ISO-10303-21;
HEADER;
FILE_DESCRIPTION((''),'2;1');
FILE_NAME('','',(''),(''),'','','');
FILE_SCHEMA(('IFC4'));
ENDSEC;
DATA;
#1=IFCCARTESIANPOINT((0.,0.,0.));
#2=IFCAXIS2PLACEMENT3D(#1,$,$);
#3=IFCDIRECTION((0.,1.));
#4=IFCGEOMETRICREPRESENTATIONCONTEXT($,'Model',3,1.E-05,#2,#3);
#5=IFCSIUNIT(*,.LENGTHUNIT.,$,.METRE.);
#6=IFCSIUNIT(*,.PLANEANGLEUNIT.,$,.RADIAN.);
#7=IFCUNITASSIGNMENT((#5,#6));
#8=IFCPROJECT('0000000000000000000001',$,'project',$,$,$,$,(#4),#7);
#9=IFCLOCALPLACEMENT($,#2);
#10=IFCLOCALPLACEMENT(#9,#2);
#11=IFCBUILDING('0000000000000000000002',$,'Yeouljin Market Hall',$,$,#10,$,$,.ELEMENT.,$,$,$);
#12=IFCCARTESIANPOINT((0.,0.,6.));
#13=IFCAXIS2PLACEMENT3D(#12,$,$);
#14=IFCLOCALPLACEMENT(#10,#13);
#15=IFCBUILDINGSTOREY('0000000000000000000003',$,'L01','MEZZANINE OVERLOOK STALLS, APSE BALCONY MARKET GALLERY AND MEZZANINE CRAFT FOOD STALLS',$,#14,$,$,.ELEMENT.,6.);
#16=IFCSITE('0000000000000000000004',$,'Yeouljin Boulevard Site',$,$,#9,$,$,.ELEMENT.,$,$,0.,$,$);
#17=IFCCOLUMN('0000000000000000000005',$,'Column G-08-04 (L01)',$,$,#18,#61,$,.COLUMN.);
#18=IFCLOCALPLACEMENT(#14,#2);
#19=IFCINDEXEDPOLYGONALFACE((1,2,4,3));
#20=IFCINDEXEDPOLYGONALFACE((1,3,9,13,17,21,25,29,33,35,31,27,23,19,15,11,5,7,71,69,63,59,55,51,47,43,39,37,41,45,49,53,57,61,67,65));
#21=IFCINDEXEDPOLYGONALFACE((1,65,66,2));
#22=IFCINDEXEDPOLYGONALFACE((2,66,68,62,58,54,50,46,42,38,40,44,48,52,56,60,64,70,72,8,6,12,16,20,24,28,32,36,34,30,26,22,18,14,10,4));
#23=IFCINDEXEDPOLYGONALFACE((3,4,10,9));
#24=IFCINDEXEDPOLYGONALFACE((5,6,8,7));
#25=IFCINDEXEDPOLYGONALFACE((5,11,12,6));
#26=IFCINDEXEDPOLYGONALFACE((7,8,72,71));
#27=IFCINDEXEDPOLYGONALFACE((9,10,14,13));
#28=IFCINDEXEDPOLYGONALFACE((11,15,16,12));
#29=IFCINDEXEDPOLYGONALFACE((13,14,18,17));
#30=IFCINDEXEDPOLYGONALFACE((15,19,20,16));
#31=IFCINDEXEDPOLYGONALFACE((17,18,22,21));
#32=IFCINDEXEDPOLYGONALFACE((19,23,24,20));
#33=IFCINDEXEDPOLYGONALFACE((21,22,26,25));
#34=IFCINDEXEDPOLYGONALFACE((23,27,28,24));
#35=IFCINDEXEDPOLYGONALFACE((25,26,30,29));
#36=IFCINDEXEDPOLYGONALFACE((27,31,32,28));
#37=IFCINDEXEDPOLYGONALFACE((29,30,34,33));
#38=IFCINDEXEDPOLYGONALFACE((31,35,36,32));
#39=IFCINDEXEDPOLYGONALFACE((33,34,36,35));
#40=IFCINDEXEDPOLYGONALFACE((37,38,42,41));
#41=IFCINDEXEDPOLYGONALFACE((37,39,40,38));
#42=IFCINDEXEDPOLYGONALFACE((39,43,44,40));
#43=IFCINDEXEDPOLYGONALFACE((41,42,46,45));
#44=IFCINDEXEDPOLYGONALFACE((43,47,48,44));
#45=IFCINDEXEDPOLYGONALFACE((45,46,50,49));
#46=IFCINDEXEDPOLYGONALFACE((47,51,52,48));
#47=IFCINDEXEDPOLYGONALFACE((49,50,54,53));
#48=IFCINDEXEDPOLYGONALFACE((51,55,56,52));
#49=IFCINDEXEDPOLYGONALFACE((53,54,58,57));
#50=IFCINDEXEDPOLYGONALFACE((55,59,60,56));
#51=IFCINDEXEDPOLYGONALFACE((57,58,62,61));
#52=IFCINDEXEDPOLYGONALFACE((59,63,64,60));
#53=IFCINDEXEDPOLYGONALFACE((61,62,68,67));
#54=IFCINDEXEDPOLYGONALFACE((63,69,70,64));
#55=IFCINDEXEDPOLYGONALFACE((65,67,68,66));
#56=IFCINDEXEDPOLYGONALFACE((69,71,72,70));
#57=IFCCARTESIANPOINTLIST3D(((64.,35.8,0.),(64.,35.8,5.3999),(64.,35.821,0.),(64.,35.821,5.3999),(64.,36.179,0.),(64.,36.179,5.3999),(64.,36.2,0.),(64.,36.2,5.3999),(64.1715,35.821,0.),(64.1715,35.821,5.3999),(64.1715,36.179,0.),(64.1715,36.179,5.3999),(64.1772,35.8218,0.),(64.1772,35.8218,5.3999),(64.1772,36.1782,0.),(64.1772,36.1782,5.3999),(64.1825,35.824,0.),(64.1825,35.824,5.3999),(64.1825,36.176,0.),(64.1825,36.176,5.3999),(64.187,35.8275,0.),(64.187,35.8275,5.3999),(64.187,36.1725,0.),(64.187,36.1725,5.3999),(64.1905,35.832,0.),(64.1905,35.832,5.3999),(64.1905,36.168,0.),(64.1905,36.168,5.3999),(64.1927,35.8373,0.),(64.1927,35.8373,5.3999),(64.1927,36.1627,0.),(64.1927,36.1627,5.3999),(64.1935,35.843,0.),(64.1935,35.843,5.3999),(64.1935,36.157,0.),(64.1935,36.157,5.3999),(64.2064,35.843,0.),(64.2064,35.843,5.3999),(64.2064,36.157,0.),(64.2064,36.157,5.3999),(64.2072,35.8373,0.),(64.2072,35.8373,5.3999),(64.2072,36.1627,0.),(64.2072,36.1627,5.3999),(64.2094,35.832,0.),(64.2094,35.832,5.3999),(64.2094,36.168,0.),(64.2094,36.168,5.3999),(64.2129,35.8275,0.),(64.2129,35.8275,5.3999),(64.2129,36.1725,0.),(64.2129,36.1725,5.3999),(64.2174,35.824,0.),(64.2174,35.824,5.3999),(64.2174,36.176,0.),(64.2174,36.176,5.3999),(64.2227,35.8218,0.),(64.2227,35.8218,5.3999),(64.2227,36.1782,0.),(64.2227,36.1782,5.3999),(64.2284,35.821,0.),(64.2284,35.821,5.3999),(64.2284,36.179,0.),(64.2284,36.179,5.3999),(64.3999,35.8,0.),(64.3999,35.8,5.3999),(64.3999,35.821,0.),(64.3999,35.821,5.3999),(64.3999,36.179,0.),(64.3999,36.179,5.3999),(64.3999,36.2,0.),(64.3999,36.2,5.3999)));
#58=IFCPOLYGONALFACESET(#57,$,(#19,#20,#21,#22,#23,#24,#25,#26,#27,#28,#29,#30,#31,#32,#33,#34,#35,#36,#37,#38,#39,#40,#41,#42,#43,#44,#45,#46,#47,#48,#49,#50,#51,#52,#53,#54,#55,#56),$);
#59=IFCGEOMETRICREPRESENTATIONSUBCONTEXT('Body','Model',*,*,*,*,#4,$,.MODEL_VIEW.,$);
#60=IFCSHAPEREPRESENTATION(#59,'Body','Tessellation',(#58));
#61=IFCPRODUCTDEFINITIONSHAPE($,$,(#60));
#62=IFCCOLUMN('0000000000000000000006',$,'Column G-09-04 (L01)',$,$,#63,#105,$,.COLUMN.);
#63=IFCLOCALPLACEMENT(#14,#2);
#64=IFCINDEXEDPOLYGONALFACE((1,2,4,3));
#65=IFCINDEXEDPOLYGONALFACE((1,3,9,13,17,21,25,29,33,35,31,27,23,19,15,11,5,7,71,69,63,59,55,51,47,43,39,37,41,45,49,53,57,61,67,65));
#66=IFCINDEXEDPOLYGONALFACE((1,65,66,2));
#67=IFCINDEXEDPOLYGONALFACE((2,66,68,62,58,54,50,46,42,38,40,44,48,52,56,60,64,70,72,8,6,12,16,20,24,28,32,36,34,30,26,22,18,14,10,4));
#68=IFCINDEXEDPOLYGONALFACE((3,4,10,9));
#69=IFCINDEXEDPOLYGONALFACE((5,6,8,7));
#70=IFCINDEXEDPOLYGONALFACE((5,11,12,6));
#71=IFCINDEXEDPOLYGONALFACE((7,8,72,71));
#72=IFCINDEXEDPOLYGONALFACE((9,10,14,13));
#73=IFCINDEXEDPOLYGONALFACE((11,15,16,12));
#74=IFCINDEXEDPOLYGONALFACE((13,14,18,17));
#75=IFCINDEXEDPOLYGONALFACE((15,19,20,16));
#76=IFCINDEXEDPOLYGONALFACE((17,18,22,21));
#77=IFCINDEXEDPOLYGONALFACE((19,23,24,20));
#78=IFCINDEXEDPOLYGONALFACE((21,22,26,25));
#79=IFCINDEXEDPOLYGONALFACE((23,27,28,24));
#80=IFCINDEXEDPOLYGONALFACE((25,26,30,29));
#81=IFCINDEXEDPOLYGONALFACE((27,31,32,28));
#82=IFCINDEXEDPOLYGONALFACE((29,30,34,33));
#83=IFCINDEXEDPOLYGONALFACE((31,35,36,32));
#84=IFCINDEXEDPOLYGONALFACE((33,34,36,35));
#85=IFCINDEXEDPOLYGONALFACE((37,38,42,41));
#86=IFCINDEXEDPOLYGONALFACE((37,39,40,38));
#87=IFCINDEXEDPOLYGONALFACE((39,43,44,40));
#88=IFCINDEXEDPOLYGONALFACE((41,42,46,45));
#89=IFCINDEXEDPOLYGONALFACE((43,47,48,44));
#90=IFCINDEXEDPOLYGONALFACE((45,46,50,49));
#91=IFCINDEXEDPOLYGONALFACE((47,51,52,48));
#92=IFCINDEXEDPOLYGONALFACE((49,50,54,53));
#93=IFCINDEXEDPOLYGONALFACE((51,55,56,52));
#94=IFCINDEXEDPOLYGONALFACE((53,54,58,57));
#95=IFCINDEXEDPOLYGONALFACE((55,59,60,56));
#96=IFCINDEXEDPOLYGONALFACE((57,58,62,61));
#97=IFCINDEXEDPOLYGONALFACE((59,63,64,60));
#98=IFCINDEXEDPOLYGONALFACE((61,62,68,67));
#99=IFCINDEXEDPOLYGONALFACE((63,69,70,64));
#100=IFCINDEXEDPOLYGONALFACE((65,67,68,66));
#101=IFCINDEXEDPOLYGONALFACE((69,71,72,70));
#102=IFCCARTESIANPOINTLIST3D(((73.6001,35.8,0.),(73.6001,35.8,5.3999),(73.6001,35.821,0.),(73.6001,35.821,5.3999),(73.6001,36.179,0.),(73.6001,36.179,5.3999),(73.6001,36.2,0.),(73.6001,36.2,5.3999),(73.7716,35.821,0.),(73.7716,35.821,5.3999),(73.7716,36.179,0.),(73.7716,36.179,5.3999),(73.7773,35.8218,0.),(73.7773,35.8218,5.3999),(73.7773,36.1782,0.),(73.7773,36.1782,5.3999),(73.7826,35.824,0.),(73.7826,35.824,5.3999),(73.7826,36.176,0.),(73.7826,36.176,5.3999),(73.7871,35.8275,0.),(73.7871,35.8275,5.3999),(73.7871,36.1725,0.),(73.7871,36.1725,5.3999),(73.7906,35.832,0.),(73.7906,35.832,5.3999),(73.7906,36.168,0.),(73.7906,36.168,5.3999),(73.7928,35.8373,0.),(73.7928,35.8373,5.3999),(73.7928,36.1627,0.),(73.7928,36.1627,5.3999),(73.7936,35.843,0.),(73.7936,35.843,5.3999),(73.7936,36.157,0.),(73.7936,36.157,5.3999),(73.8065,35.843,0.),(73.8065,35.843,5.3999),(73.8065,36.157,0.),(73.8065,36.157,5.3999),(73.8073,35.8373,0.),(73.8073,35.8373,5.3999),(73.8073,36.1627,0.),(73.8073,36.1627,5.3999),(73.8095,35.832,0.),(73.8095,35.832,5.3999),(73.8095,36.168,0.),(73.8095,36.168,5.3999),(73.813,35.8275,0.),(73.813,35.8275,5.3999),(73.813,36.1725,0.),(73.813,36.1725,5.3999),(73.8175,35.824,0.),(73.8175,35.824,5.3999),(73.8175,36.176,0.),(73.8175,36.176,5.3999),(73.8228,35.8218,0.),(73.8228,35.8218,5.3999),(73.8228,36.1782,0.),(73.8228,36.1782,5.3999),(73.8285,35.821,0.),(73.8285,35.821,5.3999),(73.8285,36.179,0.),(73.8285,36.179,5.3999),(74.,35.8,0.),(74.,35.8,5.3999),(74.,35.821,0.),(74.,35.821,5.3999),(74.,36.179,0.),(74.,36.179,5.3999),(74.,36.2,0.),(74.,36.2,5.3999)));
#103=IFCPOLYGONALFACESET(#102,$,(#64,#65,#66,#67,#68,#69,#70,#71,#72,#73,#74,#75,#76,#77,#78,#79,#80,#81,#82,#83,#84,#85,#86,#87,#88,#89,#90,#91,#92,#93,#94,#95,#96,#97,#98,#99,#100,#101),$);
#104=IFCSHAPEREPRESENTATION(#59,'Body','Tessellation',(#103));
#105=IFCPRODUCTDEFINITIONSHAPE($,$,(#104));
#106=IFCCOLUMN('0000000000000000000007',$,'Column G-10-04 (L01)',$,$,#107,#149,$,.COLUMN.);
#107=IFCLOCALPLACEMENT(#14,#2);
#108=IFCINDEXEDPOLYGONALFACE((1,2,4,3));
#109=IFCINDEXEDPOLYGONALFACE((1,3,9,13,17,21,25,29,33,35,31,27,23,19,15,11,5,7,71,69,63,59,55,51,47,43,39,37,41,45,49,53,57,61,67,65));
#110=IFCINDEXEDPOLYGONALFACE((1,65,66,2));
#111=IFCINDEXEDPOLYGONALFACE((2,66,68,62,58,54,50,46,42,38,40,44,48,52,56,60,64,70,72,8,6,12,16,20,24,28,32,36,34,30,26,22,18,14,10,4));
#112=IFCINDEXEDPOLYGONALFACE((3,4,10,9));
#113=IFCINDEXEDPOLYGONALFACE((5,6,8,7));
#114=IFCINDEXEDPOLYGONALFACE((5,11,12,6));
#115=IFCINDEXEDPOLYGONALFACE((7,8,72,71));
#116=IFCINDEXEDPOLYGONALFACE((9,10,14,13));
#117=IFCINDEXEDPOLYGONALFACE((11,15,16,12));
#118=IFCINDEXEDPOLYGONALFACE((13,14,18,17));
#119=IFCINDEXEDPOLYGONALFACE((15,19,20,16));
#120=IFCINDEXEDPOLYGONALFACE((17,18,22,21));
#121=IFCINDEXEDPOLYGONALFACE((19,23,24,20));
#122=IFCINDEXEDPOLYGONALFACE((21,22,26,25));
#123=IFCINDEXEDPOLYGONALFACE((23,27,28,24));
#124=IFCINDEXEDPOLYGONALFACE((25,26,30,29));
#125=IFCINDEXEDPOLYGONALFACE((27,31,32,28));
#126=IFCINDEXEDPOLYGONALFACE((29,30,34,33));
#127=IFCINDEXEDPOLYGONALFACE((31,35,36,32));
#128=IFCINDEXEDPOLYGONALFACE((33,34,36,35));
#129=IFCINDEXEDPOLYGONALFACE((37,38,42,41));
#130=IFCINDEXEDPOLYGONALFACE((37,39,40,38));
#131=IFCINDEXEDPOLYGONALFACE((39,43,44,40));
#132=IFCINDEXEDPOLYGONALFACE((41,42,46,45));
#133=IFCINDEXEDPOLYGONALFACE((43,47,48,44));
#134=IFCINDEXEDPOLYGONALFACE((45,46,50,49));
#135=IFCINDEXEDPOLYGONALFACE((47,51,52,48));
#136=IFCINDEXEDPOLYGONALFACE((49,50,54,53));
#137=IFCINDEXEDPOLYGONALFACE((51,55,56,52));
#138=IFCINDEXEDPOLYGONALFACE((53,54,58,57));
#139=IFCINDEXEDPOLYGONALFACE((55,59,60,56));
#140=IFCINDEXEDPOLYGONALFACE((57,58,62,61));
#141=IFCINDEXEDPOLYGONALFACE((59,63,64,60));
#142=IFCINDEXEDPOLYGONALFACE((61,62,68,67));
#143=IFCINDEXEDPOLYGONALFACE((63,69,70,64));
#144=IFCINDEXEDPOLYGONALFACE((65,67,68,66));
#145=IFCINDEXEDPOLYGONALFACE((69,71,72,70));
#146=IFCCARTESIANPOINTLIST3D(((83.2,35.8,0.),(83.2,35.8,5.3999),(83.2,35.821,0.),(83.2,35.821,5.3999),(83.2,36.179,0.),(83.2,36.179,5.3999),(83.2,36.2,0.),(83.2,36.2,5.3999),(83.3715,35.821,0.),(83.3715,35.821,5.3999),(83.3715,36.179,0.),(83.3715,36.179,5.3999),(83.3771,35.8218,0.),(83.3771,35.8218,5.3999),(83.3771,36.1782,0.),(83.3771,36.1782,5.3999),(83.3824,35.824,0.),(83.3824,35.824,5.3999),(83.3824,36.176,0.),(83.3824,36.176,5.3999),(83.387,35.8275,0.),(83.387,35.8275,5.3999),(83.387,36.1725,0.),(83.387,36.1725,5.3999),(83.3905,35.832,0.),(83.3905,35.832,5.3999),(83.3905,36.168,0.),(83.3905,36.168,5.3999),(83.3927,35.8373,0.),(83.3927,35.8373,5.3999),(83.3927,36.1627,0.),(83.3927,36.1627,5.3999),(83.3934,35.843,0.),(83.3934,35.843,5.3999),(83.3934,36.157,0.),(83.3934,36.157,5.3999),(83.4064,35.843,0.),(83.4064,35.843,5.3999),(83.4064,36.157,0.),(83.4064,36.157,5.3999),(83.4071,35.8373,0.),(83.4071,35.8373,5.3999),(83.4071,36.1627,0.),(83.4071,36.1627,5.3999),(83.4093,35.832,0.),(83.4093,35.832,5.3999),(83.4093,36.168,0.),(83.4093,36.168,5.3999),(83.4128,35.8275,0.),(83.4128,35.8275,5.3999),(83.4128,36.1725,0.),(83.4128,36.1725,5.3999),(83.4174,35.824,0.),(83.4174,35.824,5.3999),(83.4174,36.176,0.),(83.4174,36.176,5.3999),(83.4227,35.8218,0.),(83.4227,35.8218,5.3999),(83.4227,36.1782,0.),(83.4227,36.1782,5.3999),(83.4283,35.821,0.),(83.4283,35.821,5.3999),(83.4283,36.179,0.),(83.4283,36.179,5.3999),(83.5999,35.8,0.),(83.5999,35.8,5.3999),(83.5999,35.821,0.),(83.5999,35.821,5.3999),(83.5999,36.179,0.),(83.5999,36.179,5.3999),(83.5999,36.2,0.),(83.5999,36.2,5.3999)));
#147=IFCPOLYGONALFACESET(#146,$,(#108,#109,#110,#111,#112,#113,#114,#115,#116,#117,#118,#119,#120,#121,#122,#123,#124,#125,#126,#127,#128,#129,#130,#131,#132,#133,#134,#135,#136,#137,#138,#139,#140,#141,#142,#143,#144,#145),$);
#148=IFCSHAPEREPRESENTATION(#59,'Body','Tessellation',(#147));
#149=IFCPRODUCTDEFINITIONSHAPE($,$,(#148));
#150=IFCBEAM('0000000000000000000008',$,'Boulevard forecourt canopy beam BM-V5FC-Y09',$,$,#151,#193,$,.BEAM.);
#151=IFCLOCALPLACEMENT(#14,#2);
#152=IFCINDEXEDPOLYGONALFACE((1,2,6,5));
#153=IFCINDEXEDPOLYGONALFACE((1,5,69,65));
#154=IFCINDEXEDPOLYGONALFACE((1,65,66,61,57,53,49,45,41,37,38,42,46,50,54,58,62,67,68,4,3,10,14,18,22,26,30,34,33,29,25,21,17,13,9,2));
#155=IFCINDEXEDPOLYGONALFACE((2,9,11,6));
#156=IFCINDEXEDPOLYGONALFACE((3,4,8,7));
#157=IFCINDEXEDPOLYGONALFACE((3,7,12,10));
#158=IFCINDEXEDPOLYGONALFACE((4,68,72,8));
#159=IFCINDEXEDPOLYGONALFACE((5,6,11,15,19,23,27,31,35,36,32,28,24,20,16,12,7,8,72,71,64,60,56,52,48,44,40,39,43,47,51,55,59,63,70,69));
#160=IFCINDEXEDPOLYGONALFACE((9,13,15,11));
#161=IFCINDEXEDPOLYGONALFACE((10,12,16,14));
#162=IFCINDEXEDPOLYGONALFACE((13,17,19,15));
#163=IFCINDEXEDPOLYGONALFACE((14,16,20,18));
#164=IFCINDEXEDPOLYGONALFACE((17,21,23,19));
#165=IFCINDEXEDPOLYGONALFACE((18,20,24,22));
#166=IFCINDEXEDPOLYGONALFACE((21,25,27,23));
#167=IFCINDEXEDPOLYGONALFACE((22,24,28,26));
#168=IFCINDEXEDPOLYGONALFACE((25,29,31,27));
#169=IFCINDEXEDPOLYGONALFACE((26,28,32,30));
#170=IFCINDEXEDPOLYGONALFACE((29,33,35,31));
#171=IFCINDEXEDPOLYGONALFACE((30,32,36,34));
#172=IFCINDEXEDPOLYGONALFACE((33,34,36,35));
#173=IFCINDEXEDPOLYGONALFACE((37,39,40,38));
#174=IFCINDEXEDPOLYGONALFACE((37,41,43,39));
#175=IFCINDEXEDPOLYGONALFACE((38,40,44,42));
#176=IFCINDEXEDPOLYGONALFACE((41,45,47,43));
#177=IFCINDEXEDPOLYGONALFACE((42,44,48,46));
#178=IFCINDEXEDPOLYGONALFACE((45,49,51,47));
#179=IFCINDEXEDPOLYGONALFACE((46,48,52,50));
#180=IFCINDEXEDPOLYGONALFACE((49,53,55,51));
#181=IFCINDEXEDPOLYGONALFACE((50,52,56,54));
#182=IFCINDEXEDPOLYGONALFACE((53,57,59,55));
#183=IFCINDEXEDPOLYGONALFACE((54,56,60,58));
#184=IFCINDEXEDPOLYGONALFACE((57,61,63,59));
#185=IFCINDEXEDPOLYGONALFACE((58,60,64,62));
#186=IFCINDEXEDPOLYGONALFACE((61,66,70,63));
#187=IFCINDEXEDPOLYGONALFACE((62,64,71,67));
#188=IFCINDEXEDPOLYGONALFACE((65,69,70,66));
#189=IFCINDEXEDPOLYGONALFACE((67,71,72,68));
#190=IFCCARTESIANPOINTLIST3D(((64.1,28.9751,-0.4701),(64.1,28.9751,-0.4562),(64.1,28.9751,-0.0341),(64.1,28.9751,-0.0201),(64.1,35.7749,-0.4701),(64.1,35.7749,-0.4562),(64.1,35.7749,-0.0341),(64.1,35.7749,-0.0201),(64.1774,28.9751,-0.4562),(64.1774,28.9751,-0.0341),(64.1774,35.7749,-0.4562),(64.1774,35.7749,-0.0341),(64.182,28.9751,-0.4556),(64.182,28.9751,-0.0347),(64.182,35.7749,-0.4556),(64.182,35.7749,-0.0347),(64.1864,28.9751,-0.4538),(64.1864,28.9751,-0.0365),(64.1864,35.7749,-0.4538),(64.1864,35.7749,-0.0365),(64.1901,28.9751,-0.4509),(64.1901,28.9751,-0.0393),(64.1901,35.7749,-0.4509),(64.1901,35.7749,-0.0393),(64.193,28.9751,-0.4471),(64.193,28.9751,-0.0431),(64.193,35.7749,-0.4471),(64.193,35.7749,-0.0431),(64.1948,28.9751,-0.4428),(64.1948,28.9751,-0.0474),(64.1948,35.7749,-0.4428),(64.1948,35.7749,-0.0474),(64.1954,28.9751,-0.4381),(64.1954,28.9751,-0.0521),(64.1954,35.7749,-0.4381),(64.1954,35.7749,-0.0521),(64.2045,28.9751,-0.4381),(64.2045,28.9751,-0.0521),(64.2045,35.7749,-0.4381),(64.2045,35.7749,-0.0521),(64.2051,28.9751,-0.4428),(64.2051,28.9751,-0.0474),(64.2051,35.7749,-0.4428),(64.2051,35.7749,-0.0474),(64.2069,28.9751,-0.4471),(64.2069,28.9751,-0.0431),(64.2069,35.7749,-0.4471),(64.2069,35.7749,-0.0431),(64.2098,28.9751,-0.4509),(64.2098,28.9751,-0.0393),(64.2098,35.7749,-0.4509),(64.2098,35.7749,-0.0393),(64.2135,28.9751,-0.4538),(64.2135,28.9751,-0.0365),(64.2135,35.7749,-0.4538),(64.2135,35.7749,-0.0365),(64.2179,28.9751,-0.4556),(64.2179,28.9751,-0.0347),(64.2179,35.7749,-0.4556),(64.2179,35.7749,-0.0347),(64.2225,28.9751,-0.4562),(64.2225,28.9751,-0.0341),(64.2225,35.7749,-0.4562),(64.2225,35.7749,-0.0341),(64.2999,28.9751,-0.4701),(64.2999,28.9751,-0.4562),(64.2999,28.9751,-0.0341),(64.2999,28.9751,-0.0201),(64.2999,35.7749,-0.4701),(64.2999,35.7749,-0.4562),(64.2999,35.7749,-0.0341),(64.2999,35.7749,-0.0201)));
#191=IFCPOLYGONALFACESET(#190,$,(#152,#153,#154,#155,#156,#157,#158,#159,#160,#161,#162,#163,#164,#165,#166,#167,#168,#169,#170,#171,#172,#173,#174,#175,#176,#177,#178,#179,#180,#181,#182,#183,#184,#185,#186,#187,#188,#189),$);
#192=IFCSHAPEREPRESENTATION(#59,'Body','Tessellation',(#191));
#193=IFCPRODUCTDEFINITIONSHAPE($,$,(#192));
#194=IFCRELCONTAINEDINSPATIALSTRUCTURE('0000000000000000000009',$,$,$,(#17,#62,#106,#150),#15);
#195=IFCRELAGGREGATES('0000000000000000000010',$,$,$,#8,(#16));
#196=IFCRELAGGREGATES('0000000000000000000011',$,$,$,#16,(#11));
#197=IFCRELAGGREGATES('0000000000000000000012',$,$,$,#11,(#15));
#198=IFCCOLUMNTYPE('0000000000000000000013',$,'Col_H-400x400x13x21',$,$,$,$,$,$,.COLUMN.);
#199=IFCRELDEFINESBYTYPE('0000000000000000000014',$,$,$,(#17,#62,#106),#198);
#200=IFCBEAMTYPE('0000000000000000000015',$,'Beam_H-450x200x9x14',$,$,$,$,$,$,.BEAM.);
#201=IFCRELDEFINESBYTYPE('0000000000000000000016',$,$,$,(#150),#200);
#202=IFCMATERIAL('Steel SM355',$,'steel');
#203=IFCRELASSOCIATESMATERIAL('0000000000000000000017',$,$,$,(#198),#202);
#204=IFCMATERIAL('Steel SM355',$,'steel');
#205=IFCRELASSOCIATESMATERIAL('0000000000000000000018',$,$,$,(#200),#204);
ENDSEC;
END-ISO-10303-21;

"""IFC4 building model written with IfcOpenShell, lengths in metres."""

from ifc_helpers import new_model, si_unit, direction, frame, origin, origin_2d, place, context, subcontext, project, spatial, i_section, extrude, material, material_profile, profile_set, type_object, element, save


model = new_model("IFC4")

# Units and contexts
model_context = context("Model", 3, precision=1e-05, world=origin(), true_north=direction((0.0, 1.0)))
body_context = subcontext(model_context, "Body", "Model", "MODEL_VIEW")
ifc_project = project(units=[si_unit("LENGTHUNIT", "METRE"), si_unit("PLANEANGLEUNIT", "RADIAN")], contexts=[model_context])

# Site, building, storey
site_placement = place(None, origin())
site = spatial("IfcSite", under=ifc_project, at=site_placement, Name="Yeouljin Boulevard Site", CompositionType="ELEMENT", RefElevation=0.0)
building_placement = place(site_placement, origin())
building = spatial("IfcBuilding", under=site, at=building_placement, Name="Yeouljin Market Hall", CompositionType="ELEMENT")
storey_placement = place(building_placement, frame((0.0, 0.0, 6.0)))
storey = spatial("IfcBuildingStorey", under=building, at=storey_placement, Name="L01", Description="MEZZANINE OVERLOOK STALLS, APSE BALCONY MARKET GALLERY AND MEZZANINE CRAFT FOOD STALLS", CompositionType="ELEMENT", Elevation=6.0)

# Columns
ifc_material_1 = material(Name="Steel SM355", Category="steel")
ifc_material_profile_1 = material_profile(ifc_material_1, i_section(OverallWidth=0.3999, OverallDepth=0.3999, WebThickness=0.0129, FlangeThickness=0.021, FilletRadius=0.022, at=origin_2d()), Name="H-400x400x13x21")
ifc_profile_set_1 = profile_set([ifc_material_profile_1], Name="Steel SM355")
column_type = type_object("IfcColumnType", Name="Col_H-400x400x13x21", PredefinedType="COLUMN", material=ifc_profile_set_1)
for number, where, z_axis, x_axis, name in (
    (1, (64.2, 36.0, 0.0), (0.0, 0.0, 1.0), (1.0, 0.0, 0.0), "Column G-08-04 (L01)"),
    (2, (73.8, 36.0, 0.0), (0.0, 0.0, 1.0), (1.0, 0.0, 0.0), "Column G-09-04 (L01)"),
    (3, (83.3999, 36.0, 0.0), (0.0, 0.0, 1.0), (1.0, 0.0, 0.0), "Column G-10-04 (L01)"),
):
    element("IfcColumn", number, at=place(storey_placement, frame(where, z_axis=z_axis, x_axis=x_axis)), inside=storey, type_object=column_type, Name=name, PredefinedType="COLUMN", context=body_context, shape_type="SweptSolid", body=[
        extrude(i_section(OverallWidth=0.3999, OverallDepth=0.3999, WebThickness=0.0129, FlangeThickness=0.021, FilletRadius=0.022, at=origin_2d()), origin(), (0.0, 0.0, 1.0), 5.3999),
    ])

# Beam
ifc_material_2 = material(Name="Steel SM355", Category="steel")
ifc_material_profile_2 = material_profile(ifc_material_2, i_section(OverallWidth=0.2, OverallDepth=0.45, WebThickness=0.009, FlangeThickness=0.0139, FilletRadius=0.0181, at=origin_2d()), Name="H-450x200x9x14")
ifc_profile_set_2 = profile_set([ifc_material_profile_2], Name="Steel SM355")
beam_type_1 = type_object("IfcBeamType", Name="Beam_H-450x200x9x14", PredefinedType="BEAM", material=ifc_profile_set_2)
for number, where, z_axis, x_axis, name in (
    (4, (64.2, 28.9751, -0.2451), (0.0, 1.0, 0.0), (-1.0, 0.0, 0.0), "Boulevard forecourt canopy beam BM-V5FC-Y09"),
):
    element("IfcBeam", number, at=place(storey_placement, frame(where, z_axis=z_axis, x_axis=x_axis)), inside=storey, type_object=beam_type_1, Name=name, PredefinedType="BEAM", context=body_context, shape_type="SweptSolid", body=[
        extrude(i_section(OverallWidth=0.2, OverallDepth=0.45, WebThickness=0.009, FlangeThickness=0.0139, FilletRadius=0.0181, at=origin_2d()), origin(), (0.0, 0.0, 1.0), 6.7998),
    ])

save(model, "model.ifc")
